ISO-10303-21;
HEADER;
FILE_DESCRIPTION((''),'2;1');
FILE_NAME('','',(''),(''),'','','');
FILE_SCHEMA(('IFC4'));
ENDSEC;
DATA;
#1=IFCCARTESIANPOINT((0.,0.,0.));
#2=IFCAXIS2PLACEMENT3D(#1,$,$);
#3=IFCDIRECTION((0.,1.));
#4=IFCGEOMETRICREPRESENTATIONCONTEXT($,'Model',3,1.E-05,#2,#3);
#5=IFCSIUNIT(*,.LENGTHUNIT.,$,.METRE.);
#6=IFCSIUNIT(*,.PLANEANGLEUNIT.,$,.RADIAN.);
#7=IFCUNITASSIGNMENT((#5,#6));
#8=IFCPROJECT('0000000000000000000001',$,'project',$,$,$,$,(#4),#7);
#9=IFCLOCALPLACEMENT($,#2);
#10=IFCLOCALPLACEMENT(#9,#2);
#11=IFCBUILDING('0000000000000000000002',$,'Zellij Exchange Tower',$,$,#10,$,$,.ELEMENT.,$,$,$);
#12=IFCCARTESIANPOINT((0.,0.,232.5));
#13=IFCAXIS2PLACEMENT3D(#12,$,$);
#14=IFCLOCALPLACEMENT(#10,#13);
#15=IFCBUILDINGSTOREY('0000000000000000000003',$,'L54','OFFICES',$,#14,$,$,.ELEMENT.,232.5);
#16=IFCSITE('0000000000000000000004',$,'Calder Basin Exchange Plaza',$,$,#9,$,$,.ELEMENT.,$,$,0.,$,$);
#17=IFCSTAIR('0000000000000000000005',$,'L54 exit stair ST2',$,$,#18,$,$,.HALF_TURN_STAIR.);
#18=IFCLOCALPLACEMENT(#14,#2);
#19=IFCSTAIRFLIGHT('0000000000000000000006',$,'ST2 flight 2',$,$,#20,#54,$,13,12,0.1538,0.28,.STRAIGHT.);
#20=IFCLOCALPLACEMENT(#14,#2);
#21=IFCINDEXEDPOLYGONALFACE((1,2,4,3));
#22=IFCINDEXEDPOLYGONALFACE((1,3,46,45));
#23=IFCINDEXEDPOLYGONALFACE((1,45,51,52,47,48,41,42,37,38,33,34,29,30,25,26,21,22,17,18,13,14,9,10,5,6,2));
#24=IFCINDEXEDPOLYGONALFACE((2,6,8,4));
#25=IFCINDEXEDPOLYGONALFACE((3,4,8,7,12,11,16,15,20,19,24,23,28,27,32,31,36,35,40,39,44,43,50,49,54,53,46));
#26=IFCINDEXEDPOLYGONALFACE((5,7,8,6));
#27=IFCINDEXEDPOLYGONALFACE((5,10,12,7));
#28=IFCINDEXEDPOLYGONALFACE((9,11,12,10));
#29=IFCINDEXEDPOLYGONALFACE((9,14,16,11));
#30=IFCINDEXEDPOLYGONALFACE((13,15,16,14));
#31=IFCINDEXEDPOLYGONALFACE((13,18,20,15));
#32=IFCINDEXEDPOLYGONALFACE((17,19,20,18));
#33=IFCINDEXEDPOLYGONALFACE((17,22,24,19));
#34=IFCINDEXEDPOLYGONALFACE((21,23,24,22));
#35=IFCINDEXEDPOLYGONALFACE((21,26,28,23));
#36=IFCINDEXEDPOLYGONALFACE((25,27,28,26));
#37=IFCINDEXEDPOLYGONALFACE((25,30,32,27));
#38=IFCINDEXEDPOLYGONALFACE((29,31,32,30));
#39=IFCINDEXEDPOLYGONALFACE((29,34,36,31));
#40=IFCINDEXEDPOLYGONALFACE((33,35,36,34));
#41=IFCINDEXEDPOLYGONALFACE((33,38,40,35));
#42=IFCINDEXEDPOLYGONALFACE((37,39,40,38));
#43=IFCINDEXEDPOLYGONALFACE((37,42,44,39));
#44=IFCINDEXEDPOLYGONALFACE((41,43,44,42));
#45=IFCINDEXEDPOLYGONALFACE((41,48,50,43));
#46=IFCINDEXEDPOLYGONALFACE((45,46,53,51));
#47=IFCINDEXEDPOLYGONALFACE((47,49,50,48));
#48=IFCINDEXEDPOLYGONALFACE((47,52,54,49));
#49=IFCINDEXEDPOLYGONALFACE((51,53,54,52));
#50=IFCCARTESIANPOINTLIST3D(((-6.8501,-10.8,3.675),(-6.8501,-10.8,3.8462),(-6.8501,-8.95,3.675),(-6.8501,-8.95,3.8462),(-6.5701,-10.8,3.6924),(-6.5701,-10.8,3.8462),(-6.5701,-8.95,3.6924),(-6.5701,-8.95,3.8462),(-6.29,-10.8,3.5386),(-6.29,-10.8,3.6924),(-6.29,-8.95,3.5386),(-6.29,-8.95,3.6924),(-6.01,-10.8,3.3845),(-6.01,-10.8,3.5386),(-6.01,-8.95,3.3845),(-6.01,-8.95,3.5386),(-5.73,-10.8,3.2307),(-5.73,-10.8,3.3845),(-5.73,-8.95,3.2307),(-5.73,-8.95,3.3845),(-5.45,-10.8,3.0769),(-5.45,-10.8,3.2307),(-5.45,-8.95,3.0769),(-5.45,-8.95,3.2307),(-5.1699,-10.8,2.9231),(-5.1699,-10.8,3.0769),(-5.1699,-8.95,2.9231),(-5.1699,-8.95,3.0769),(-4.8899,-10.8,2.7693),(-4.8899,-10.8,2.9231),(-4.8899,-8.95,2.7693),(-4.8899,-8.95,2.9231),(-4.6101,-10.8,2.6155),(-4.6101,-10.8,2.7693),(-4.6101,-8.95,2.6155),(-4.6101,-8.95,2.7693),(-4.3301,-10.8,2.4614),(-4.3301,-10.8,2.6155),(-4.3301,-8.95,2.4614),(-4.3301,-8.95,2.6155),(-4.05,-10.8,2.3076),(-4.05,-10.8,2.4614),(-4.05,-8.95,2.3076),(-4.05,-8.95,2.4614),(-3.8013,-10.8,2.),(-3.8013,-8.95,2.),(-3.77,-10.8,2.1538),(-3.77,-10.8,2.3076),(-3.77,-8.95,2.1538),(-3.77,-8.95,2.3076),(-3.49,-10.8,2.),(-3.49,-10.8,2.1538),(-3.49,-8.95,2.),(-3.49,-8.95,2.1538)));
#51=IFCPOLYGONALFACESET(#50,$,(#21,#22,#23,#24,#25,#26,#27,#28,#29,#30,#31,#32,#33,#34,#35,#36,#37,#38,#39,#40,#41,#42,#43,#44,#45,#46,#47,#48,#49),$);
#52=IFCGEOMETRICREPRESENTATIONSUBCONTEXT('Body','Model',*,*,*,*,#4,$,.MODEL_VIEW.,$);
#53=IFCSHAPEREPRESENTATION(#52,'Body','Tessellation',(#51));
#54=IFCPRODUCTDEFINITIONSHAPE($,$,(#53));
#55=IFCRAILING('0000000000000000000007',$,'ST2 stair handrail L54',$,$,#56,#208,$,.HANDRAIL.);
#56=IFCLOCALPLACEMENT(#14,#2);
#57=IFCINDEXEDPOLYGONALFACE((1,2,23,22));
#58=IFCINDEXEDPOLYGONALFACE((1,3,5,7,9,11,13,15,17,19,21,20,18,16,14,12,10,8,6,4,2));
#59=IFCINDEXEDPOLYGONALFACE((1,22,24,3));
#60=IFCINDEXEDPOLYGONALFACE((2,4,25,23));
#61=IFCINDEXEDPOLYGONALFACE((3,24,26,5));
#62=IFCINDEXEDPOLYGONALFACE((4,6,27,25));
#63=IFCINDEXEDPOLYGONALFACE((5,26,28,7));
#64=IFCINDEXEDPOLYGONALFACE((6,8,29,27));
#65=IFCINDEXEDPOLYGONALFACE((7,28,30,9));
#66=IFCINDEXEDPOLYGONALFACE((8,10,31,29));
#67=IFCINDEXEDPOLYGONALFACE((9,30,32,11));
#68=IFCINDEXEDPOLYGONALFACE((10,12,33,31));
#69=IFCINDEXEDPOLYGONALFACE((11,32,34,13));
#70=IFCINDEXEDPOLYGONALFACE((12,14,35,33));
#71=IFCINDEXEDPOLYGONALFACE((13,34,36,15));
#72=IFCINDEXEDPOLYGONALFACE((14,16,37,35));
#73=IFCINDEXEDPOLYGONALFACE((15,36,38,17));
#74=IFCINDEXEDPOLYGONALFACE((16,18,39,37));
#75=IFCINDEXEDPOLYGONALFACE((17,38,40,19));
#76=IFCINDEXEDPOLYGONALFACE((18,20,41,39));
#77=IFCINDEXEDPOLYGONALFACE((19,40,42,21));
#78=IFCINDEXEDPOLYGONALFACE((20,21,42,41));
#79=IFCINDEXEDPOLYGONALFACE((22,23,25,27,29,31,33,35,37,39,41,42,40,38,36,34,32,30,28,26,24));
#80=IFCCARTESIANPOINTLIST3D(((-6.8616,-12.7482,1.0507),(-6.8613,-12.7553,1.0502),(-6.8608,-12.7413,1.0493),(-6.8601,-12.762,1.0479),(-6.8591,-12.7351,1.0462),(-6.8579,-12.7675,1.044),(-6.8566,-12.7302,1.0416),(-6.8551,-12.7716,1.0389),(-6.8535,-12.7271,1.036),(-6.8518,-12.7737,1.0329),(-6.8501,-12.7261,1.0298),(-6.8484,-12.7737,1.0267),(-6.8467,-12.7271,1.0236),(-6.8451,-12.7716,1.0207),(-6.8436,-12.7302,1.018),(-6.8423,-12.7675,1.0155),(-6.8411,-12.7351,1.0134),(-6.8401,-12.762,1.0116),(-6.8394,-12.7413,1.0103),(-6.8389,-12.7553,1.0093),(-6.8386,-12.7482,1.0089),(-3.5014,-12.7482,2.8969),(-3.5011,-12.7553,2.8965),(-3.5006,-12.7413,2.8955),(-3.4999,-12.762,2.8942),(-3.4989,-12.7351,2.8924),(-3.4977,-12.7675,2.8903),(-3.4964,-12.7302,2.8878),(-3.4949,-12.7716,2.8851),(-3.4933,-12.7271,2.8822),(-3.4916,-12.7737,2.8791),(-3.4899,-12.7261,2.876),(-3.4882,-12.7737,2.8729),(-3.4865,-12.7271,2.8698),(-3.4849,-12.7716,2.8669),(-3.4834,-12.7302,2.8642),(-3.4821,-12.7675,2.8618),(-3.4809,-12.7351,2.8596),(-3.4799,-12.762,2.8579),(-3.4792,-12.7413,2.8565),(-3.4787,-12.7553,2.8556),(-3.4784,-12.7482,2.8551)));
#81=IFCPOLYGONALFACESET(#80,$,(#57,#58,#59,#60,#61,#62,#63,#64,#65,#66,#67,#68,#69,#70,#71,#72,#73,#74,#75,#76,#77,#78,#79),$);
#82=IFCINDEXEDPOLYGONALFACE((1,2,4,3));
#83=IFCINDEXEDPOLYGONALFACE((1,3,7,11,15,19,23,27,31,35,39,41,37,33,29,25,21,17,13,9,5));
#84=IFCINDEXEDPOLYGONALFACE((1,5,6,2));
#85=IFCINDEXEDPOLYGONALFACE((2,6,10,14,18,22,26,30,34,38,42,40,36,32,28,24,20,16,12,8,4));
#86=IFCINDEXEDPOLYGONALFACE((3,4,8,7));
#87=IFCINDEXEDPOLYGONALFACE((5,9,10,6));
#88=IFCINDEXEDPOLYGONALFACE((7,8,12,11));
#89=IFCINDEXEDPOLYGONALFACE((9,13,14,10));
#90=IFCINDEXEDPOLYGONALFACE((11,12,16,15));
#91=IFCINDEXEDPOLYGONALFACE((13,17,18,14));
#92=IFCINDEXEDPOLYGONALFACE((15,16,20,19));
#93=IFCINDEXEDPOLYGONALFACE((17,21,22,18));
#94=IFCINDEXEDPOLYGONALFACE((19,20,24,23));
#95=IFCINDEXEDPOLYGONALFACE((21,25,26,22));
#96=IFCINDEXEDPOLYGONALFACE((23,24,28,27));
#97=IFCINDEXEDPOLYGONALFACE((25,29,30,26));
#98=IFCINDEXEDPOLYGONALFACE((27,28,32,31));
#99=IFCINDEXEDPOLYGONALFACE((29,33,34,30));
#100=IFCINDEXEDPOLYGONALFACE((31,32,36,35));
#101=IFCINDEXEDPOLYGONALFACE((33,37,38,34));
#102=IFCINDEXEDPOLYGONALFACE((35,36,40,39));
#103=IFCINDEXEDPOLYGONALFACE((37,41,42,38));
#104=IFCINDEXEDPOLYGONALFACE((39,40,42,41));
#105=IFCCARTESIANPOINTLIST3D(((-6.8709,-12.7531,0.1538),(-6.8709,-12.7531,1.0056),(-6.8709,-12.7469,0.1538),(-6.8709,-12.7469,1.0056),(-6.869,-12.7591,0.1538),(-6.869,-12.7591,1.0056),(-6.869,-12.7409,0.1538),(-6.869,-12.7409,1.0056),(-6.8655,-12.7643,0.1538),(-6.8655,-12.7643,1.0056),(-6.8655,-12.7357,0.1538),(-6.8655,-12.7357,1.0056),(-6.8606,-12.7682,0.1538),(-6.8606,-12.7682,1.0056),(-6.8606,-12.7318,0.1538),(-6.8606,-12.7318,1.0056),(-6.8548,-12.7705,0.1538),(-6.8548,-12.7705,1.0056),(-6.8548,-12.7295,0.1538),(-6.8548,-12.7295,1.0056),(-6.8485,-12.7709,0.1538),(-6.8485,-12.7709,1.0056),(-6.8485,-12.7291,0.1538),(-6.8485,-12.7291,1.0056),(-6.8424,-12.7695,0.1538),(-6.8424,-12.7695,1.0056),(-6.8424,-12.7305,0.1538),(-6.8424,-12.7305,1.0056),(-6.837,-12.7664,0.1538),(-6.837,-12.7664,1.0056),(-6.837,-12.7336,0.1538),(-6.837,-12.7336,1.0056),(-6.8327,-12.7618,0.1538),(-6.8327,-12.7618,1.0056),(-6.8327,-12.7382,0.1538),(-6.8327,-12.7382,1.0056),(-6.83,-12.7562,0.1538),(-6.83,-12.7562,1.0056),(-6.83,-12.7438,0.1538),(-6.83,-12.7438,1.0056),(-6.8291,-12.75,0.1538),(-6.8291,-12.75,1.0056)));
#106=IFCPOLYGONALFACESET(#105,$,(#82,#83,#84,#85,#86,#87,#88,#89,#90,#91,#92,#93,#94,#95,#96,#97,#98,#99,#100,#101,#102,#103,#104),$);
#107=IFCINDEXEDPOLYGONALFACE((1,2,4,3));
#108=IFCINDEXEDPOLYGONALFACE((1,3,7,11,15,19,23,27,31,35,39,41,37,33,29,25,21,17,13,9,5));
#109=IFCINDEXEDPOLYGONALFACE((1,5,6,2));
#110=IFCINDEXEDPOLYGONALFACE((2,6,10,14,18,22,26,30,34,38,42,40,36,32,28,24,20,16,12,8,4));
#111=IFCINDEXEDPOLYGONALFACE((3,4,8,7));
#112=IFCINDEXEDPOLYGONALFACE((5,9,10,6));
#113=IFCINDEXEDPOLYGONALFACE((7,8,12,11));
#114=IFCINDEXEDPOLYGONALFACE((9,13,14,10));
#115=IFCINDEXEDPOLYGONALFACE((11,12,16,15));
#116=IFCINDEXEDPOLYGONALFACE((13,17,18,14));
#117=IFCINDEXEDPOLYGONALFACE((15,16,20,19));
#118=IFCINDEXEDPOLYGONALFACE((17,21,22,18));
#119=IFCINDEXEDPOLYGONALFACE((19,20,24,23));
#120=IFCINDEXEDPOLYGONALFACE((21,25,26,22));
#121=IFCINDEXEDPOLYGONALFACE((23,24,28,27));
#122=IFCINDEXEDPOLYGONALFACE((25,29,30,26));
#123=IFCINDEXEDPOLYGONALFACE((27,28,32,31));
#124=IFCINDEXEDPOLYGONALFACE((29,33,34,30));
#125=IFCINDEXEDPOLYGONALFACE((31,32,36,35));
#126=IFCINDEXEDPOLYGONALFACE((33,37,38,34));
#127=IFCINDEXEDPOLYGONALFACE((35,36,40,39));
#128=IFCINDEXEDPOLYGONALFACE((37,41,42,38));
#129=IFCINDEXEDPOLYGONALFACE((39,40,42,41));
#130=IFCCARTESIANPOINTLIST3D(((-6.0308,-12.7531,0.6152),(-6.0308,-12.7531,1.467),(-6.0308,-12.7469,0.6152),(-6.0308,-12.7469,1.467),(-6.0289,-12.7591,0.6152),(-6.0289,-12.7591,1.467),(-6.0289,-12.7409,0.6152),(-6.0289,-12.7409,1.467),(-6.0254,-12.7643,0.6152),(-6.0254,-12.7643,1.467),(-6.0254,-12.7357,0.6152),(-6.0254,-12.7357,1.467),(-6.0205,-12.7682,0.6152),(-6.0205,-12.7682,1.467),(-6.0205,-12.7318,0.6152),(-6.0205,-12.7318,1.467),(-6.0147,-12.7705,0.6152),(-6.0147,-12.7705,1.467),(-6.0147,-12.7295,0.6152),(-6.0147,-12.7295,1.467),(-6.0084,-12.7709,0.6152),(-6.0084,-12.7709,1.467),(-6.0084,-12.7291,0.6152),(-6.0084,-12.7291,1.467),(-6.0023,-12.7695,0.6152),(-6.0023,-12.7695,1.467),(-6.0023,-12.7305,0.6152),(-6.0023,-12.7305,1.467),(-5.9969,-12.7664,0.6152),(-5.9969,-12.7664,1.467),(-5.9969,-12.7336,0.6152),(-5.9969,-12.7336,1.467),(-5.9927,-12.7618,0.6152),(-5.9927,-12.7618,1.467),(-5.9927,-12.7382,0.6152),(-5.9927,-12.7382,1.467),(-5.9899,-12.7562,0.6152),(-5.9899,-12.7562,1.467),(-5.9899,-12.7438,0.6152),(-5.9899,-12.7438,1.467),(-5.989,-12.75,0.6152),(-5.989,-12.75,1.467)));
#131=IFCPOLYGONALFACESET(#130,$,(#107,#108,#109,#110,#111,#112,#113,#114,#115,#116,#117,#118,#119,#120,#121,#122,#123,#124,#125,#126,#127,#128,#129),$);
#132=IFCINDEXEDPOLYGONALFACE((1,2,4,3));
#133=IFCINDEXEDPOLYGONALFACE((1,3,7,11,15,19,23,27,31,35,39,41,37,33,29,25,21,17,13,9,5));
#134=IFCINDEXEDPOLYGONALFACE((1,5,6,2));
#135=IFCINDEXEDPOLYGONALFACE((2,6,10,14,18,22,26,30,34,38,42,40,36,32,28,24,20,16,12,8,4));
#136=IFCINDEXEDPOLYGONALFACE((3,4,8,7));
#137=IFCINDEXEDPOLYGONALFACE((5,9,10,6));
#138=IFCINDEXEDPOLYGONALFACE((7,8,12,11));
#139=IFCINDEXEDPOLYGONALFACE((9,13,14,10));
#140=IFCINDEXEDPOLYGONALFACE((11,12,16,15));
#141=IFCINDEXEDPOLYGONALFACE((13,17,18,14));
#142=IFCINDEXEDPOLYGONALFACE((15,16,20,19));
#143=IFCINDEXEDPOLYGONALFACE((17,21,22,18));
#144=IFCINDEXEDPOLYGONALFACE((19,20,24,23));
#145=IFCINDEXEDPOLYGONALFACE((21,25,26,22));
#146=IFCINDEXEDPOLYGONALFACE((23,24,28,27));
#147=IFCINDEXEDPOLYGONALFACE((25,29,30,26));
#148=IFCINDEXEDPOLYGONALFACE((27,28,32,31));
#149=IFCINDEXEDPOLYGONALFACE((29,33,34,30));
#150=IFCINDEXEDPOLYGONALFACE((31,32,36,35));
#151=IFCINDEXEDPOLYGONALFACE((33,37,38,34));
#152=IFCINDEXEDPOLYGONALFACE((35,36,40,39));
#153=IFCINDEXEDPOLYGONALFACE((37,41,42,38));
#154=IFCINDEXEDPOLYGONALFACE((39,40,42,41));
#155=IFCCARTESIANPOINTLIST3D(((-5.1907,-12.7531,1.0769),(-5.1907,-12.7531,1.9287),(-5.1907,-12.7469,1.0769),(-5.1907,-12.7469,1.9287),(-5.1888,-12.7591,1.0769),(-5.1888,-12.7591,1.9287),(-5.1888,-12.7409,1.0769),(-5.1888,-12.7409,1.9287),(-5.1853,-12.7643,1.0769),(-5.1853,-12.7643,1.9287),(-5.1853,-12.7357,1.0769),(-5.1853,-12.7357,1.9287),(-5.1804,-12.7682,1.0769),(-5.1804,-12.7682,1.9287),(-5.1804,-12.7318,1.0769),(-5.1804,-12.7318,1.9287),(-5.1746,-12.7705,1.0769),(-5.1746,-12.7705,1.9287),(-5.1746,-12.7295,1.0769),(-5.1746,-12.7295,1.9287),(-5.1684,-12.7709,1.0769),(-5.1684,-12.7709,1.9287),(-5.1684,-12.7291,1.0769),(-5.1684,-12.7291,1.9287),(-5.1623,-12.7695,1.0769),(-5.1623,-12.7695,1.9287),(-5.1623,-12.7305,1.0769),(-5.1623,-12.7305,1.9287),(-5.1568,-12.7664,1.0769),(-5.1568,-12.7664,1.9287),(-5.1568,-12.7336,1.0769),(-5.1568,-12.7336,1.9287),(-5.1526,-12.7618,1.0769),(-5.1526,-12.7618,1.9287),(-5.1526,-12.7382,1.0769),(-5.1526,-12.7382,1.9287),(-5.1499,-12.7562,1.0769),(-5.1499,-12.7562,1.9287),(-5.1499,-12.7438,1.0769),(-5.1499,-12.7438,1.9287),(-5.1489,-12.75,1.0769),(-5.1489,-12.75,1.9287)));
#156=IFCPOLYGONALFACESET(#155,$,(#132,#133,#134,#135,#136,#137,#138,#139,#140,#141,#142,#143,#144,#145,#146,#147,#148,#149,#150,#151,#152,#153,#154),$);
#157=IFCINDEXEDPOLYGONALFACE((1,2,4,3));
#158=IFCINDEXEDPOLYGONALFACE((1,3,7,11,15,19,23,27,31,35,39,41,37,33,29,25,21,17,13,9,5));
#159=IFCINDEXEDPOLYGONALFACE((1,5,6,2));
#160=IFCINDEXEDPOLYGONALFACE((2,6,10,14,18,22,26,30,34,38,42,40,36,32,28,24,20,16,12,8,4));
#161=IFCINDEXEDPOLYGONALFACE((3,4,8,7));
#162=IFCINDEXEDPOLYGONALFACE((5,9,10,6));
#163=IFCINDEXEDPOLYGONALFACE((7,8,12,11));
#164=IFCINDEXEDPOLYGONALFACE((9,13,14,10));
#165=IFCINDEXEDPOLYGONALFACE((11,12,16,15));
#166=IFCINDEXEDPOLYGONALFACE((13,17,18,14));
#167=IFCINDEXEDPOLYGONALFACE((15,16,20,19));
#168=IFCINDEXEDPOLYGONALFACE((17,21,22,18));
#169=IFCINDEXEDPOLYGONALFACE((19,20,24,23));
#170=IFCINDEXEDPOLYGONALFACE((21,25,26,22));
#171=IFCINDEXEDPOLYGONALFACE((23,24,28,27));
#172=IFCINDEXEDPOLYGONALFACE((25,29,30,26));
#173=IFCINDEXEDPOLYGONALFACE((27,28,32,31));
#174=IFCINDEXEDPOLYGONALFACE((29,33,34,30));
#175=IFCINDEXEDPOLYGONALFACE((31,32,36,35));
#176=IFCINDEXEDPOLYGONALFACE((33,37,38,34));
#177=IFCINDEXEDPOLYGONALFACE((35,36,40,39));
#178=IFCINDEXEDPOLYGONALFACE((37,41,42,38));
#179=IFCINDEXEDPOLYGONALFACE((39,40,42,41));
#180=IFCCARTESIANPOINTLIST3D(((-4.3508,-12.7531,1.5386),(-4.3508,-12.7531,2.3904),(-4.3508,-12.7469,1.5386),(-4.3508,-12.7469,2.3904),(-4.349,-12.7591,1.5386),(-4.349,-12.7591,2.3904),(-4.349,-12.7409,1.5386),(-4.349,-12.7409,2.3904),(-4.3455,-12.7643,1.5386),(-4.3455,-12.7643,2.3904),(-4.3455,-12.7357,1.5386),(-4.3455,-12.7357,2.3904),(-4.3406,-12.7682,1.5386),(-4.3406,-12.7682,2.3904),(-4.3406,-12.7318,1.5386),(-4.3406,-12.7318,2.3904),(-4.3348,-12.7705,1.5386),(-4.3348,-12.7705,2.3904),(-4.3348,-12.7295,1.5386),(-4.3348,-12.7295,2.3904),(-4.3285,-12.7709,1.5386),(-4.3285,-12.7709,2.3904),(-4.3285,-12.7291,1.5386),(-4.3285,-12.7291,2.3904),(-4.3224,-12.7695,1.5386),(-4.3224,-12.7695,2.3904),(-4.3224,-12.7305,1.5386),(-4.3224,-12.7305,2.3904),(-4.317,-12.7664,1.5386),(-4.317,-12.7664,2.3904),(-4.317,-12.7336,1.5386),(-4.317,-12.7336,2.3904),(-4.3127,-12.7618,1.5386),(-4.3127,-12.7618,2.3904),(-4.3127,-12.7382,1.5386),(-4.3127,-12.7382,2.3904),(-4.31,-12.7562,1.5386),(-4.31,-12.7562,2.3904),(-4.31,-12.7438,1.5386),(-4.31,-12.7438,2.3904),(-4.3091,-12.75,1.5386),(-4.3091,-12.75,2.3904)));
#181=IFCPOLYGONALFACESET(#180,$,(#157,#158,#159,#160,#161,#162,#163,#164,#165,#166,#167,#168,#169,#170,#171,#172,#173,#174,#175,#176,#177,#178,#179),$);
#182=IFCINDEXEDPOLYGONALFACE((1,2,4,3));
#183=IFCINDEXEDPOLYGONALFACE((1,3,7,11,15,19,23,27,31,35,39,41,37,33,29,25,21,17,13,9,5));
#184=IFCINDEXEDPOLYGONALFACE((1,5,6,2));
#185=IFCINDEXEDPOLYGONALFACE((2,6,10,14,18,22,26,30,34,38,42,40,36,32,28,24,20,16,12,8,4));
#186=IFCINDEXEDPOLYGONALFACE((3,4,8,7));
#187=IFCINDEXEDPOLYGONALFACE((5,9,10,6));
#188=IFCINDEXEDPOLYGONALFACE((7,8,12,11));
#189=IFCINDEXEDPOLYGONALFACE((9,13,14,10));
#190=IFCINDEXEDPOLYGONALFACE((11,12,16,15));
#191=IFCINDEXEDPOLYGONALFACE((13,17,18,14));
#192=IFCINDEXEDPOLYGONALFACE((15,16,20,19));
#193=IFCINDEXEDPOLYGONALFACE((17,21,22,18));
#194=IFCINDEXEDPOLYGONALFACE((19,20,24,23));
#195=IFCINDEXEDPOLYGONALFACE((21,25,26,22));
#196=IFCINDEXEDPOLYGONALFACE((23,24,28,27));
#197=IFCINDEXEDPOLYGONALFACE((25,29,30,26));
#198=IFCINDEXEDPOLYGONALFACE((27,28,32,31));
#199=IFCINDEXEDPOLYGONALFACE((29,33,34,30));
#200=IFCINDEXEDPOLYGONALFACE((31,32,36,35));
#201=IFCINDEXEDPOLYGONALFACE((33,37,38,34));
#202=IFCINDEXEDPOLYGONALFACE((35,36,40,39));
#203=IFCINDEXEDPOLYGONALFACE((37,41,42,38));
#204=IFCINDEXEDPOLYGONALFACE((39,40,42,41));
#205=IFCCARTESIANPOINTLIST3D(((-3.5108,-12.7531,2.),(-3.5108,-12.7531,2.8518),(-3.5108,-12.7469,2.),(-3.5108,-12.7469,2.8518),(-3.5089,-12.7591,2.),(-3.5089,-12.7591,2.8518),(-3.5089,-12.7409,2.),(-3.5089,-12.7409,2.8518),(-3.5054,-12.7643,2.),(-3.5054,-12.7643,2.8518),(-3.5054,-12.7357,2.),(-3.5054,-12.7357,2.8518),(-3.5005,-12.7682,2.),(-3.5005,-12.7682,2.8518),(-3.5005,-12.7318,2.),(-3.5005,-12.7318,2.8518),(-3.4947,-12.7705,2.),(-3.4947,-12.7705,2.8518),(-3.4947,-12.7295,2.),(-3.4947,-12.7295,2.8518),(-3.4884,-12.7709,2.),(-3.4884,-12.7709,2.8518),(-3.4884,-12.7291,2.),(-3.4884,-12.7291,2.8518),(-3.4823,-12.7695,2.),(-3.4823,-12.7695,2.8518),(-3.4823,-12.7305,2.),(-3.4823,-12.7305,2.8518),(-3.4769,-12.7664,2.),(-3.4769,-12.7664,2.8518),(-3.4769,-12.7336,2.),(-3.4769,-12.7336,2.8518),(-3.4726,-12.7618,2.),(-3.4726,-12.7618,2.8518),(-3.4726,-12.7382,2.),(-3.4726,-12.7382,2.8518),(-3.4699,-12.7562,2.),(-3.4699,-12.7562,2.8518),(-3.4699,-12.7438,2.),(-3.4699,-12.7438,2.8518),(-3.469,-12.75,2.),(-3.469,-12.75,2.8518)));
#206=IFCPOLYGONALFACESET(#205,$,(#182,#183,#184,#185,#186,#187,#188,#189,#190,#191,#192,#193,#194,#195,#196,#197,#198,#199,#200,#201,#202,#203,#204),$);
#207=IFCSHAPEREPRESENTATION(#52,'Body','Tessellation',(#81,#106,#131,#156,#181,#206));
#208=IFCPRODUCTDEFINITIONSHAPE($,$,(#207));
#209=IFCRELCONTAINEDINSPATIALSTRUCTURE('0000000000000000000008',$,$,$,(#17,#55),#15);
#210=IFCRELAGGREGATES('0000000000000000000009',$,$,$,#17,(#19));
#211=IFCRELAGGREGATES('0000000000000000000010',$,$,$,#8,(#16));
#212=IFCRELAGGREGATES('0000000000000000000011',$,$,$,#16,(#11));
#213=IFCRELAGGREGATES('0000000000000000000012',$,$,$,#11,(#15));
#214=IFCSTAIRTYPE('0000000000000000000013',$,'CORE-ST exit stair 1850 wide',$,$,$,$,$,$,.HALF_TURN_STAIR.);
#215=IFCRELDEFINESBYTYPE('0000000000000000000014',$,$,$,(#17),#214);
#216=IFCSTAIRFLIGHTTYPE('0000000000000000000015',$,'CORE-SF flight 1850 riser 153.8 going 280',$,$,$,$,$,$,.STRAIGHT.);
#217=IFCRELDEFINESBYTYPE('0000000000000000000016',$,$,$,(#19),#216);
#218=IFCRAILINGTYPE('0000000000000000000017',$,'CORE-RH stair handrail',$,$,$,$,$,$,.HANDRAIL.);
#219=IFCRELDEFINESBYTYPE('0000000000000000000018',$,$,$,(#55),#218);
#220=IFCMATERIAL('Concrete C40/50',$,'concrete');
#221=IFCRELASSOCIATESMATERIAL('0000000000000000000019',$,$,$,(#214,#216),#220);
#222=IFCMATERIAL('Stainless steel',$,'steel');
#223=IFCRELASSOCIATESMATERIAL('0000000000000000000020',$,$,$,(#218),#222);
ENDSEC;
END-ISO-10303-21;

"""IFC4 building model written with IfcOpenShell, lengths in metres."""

from ifc_helpers import new_model, si_unit, direction, frame, origin, origin_2d, place, context, subcontext, project, spatial, polyline, circle, outline, extrude, material, type_object, element, aggregate, save


model = new_model("IFC4")

# Units and contexts
model_context = context("Model", 3, precision=1e-05, world=origin(), true_north=direction((0.0, 1.0)))
body_context = subcontext(model_context, "Body", "Model", "MODEL_VIEW")
ifc_project = project(units=[si_unit("LENGTHUNIT", "METRE"), si_unit("PLANEANGLEUNIT", "RADIAN")], contexts=[model_context])

# Site, building, storey
site_placement = place(None, origin())
site = spatial("IfcSite", under=ifc_project, at=site_placement, Name="Calder Basin Exchange Plaza", CompositionType="ELEMENT", RefElevation=0.0)
building_placement = place(site_placement, origin())
building = spatial("IfcBuilding", under=site, at=building_placement, Name="Zellij Exchange Tower", CompositionType="ELEMENT")
storey_placement = place(building_placement, frame((0.0, 0.0, 232.5)))
storey = spatial("IfcBuildingStorey", under=building, at=storey_placement, Name="L54", Description="OFFICES", CompositionType="ELEMENT", Elevation=232.5)

# Stair, stair flight
ifc_material_1 = material(Name="Concrete C40/50", Category="concrete")
stair_type = type_object("IfcStairType", Name="CORE-ST exit stair 1850 wide", PredefinedType="HALF_TURN_STAIR", material=ifc_material_1)
stair_placement = place(storey_placement, origin())
stair = element("IfcStair", 1, at=stair_placement, inside=storey, type_object=stair_type, Name="L54 exit stair ST2", PredefinedType="HALF_TURN_STAIR")
stair_flight_type = type_object("IfcStairFlightType", Name="CORE-SF flight 1850 riser 153.8 going 280", PredefinedType="STRAIGHT", material=ifc_material_1)
stair_flight_1_placement = place(storey_placement, frame((-3.49, -9.875, 2.0), z_axis=(0.0, 0.0, 1.0), x_axis=(-1.0, 0.0, 0.0)))
stair_flight_1 = element("IfcStairFlight", 2, at=stair_flight_1_placement, type_object=stair_flight_type, Name="ST2 flight 2", NumberOfRisers=13, NumberOfTreads=12, PredefinedType="STRAIGHT", RiserHeight=0.1538, TreadLength=0.28, context=body_context, shape_type="SweptSolid", body=[
    extrude(outline(polyline([(0.0, 0.0), (0.0, 0.1538), (0.28, 0.1538), (0.28, 0.3076), (0.5601, 0.3076), (0.5601, 0.4614), (0.8401, 0.4614), (0.8401, 0.6155), (1.1201, 0.6155), (1.1201, 0.7693), (1.3999, 0.7693), (1.3999, 0.9231), (1.6799, 0.9231), (1.6799, 1.0769), (1.96, 1.0769), (1.96, 1.2307), (2.24, 1.2307), (2.24, 1.3845), (2.52, 1.3845), (2.52, 1.5386), (2.8, 1.5386), (2.8, 1.6924), (3.0801, 1.6924), (3.0801, 1.8462), (3.3601, 1.8462), (3.3601, 2.0), (3.3601, 1.675), (0.3113, 0.0), (0.0, 0.0)])), frame((0.0, 0.925, 0.0), z_axis=(0.0, -1.0, 0.0), x_axis=(1.0, 0.0, 0.0)), (0.0, 0.0, 1.0), 1.8501),
])
aggregate(stair, [stair_flight_1])

# Railing
ifc_material_2 = material(Name="Stainless steel", Category="steel")
railing_type_1 = type_object("IfcRailingType", Name="CORE-RH stair handrail", PredefinedType="HANDRAIL", material=ifc_material_2)
railing_1_placement = place(storey_placement, frame((-6.8501, -12.75, 0.1538)))
element("IfcRailing", 3, at=railing_1_placement, inside=storey, type_object=railing_type_1, Name="ST2 stair handrail L54", PredefinedType="HANDRAIL", context=body_context, shape_type="SweptSolid", body=[
    extrude(circle(Radius=0.0239, at=origin_2d()), frame((0.0, 0.0, 0.876), z_axis=(0.876422, 0.0, 0.481545), x_axis=(0.0, 1.0, 0.0)), (0.0, 0.0, 1.0), 3.834),
    extrude(circle(Radius=0.021, at=origin_2d()), origin(), (0.0, 0.0, 1.0), 0.8518),
    extrude(circle(Radius=0.021, at=origin_2d()), frame((0.8401, 0.0, 0.4614)), (0.0, 0.0, 1.0), 0.8518),
    extrude(circle(Radius=0.021, at=origin_2d()), frame((1.6802, 0.0, 0.9231)), (0.0, 0.0, 1.0), 0.8518),
    extrude(circle(Radius=0.021, at=origin_2d()), frame((2.52, 0.0, 1.3848)), (0.0, 0.0, 1.0), 0.8518),
    extrude(circle(Radius=0.021, at=origin_2d()), frame((3.3601, 0.0, 1.8462)), (0.0, 0.0, 1.0), 0.8518),
])

save(model, "model.ifc")
